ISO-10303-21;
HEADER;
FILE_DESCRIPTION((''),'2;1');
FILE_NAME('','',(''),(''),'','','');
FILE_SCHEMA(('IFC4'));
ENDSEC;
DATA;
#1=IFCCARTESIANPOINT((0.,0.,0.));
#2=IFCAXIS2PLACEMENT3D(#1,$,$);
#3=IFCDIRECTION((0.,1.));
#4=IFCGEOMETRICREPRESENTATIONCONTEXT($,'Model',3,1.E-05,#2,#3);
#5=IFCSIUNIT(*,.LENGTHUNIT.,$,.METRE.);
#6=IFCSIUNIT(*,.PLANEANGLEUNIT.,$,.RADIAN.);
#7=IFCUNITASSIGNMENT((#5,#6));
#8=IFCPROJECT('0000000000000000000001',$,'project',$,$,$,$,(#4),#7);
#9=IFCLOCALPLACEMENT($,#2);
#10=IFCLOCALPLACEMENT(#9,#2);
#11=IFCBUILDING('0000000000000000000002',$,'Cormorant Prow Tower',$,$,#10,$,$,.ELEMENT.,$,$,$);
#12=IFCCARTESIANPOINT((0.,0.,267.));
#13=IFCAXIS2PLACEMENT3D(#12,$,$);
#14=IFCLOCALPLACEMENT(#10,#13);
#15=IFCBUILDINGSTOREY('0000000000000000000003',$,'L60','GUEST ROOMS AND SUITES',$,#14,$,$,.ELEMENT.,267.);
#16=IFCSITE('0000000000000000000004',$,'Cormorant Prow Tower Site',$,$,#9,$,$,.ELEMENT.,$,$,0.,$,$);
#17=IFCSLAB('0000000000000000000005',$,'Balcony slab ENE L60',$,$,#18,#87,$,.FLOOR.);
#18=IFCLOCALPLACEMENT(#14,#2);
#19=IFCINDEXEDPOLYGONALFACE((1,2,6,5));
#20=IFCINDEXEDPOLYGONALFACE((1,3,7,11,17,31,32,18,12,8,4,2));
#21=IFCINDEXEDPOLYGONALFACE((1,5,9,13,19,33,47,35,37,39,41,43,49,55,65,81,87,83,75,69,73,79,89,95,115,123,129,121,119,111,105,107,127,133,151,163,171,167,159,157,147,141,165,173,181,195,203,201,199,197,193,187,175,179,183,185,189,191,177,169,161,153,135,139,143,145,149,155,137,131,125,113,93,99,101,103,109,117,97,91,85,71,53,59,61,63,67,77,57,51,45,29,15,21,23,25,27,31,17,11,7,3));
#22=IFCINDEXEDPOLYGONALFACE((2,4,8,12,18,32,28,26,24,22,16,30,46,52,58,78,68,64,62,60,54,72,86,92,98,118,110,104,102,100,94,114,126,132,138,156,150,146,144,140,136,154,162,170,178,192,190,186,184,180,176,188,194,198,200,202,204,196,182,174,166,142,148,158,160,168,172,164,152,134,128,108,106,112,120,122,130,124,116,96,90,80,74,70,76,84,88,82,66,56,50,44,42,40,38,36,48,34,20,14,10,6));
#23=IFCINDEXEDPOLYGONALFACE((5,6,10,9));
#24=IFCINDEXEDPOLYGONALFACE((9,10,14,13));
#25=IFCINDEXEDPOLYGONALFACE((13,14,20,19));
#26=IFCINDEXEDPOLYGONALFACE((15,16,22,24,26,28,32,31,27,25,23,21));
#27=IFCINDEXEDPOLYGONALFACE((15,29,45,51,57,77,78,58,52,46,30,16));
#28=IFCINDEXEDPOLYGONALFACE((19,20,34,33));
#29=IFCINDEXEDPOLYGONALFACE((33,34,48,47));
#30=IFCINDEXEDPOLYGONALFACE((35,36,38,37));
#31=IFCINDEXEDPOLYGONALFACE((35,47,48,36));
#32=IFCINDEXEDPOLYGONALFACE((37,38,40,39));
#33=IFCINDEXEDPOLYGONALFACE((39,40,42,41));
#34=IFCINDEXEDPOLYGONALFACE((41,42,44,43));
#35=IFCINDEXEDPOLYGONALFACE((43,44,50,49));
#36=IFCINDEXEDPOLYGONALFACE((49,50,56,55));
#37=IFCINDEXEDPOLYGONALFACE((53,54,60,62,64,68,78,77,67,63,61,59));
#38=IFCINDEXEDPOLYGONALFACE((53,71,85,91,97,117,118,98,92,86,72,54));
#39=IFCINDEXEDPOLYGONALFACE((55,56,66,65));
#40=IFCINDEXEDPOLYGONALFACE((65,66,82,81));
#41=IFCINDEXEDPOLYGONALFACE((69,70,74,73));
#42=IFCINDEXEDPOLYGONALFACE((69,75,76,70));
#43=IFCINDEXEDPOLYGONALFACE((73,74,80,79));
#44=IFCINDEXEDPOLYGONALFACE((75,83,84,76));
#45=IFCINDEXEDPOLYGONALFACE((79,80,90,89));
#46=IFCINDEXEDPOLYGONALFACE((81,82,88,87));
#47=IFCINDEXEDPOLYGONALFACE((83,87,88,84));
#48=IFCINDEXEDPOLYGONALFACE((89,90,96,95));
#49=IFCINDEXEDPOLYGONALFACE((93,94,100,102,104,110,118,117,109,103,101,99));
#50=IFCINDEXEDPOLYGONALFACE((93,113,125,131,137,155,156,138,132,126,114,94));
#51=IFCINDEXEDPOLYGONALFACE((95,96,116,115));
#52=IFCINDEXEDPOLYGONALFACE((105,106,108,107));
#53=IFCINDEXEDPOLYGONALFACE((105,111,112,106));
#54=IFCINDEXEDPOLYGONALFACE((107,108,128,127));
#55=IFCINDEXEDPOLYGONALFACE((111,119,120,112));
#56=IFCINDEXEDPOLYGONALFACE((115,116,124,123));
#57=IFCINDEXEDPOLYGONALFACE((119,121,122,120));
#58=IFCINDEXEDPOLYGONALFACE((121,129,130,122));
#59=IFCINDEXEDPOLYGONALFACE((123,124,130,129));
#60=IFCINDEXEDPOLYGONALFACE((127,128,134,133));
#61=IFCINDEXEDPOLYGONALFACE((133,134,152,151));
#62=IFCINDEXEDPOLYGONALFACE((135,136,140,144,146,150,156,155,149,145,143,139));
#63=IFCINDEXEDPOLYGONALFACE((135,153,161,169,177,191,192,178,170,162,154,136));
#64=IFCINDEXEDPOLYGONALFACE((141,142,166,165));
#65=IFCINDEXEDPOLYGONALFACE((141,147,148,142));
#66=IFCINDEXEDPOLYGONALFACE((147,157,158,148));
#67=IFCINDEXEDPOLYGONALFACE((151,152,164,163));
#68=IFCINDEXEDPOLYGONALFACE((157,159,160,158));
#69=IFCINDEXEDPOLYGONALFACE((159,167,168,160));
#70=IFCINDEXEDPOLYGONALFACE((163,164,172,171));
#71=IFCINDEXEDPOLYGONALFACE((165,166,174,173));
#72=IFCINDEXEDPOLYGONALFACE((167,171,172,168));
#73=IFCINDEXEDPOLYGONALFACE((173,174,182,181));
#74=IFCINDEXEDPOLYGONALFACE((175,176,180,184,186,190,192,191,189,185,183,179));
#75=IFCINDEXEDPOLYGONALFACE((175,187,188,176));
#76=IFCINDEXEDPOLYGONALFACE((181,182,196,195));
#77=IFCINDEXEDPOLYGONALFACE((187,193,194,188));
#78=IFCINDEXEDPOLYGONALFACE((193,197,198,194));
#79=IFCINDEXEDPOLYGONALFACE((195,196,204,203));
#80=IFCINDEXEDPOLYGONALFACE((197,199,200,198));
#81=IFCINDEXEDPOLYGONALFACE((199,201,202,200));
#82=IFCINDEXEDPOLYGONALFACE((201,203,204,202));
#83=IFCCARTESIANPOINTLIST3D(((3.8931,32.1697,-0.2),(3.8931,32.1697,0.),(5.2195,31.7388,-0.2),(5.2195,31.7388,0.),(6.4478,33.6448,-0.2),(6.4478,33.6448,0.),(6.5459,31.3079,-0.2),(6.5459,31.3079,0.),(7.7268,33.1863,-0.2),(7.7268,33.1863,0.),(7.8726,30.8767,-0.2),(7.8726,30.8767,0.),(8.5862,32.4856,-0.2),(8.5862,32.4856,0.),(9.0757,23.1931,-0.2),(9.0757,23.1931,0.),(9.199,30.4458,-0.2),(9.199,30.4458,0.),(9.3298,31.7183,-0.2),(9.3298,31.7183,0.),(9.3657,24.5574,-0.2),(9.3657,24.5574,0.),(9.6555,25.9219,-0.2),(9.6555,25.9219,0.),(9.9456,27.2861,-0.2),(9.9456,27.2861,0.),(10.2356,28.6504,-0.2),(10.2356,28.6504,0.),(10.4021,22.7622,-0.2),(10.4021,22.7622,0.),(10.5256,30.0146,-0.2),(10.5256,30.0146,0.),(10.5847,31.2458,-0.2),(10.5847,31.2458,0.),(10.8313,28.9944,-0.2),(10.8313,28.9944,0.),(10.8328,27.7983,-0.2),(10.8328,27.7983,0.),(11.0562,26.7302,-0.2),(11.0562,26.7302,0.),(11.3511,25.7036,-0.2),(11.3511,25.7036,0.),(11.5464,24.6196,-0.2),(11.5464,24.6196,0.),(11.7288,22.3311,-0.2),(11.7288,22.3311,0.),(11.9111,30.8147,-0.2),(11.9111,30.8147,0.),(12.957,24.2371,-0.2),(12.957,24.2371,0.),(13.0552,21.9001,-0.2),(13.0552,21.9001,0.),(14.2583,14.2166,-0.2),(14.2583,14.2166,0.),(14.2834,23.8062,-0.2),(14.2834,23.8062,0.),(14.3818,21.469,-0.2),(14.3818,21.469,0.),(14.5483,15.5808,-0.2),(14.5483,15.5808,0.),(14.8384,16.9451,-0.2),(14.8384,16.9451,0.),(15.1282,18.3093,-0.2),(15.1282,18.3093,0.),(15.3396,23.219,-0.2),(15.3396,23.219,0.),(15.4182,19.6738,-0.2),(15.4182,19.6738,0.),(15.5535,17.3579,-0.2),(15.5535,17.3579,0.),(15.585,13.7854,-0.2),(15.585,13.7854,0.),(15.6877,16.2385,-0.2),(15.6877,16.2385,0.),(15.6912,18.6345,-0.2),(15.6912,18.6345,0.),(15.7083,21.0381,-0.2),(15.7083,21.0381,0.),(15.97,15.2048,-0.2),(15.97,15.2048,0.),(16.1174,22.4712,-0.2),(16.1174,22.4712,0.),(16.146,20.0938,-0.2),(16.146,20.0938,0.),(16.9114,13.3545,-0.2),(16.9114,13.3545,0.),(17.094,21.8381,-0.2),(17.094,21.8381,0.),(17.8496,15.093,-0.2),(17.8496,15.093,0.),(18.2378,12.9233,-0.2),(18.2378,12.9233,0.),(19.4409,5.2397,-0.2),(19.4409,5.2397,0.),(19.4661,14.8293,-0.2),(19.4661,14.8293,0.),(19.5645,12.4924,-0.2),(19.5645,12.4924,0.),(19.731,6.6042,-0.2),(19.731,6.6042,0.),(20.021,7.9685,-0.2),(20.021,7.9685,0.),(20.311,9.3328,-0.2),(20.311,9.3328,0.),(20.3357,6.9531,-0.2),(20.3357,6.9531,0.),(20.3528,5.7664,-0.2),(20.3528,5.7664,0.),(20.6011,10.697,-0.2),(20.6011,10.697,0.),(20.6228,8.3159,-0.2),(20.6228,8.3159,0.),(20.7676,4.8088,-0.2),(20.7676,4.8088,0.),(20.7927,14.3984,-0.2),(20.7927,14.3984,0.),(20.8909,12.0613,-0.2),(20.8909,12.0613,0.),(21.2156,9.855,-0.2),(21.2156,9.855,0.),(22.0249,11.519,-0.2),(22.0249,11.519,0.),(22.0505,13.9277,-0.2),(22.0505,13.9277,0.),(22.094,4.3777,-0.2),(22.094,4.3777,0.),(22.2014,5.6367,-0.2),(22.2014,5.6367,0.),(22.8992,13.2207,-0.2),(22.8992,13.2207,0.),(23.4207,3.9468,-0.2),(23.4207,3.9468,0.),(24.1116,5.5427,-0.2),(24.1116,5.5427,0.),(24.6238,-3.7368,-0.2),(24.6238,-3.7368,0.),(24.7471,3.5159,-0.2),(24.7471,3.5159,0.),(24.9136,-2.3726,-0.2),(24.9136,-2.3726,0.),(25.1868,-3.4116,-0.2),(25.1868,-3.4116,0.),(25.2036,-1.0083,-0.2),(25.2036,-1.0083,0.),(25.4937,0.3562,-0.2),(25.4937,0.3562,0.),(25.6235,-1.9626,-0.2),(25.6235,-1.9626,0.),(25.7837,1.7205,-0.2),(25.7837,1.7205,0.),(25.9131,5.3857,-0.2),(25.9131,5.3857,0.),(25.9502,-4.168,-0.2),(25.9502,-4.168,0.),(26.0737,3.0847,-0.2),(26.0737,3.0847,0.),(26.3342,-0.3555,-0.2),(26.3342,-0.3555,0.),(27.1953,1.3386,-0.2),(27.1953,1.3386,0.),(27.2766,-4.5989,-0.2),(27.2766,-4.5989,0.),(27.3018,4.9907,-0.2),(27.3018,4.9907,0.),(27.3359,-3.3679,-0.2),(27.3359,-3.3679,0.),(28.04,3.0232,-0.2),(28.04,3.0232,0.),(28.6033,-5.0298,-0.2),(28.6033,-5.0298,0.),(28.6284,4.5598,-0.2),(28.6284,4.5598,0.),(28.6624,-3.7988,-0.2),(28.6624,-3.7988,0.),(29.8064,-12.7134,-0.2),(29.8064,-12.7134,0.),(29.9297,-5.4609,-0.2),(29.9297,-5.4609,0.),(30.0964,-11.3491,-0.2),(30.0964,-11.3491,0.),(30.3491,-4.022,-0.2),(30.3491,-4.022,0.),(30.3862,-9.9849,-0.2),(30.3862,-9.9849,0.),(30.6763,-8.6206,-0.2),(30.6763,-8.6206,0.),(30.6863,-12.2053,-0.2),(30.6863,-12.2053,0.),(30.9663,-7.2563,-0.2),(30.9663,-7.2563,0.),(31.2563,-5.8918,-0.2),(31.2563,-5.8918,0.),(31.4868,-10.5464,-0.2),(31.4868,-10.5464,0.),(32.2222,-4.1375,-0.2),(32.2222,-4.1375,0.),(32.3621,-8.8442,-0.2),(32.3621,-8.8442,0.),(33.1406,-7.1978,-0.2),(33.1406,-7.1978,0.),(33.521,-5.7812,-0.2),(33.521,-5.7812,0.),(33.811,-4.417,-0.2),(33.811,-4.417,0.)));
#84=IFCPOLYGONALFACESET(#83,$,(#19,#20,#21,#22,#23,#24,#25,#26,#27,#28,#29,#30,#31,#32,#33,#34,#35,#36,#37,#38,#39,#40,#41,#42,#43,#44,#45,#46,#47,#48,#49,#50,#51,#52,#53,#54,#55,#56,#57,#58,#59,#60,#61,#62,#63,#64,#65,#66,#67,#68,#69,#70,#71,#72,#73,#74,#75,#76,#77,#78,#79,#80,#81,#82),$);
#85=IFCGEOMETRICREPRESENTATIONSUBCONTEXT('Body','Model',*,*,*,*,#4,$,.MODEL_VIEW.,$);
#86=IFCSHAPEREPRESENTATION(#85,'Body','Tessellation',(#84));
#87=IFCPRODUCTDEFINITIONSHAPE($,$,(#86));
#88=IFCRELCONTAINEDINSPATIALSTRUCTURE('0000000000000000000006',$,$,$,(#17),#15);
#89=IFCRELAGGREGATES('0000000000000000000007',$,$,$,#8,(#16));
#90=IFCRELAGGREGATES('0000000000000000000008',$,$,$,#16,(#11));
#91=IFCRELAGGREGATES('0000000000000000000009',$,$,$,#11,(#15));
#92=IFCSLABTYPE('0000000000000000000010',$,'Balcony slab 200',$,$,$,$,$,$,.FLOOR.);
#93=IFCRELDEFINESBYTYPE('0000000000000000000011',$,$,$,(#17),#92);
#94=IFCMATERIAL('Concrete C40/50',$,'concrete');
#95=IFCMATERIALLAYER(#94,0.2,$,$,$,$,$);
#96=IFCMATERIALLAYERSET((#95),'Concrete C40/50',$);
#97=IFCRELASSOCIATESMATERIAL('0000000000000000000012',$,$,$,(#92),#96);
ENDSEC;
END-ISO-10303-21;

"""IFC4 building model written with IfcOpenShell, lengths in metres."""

from ifc_helpers import new_model, si_unit, direction, frame, origin, place, context, subcontext, project, spatial, polyline, outline, extrude, material, layer, layer_set, type_object, element, save


model = new_model("IFC4")

# Units and contexts
model_context = context("Model", 3, precision=1e-05, world=origin(), true_north=direction((0.0, 1.0)))
body_context = subcontext(model_context, "Body", "Model", "MODEL_VIEW")
ifc_project = project(units=[si_unit("LENGTHUNIT", "METRE"), si_unit("PLANEANGLEUNIT", "RADIAN")], contexts=[model_context])

# Site, building, storey
site_placement = place(None, origin())
site = spatial("IfcSite", under=ifc_project, at=site_placement, Name="Cormorant Prow Tower Site", CompositionType="ELEMENT", RefElevation=0.0)
building_placement = place(site_placement, origin())
building = spatial("IfcBuilding", under=site, at=building_placement, Name="Cormorant Prow Tower", CompositionType="ELEMENT")
storey_placement = place(building_placement, frame((0.0, 0.0, 267.0)))
storey = spatial("IfcBuildingStorey", under=building, at=storey_placement, Name="L60", Description="GUEST ROOMS AND SUITES", CompositionType="ELEMENT", Elevation=267.0)

# Slab
ifc_material_1 = material(Name="Concrete C40/50", Category="concrete")
ifc_layer_1 = layer(ifc_material_1, 0.2)
ifc_layer_set_1 = layer_set([ifc_layer_1], Name="Concrete C40/50")
slab_type_1 = type_object("IfcSlabType", Name="Balcony slab 200", PredefinedType="FLOOR", material=ifc_layer_set_1)
slab_1_placement = place(storey_placement, frame((0.0, 0.0, -0.2)))
element("IfcSlab", 1, at=slab_1_placement, inside=storey, type_object=slab_type_1, Name="Balcony slab ENE L60", PredefinedType="FLOOR", context=body_context, shape_type="SweptSolid", body=[
    extrude(outline(polyline([(29.8064, -12.7134), (30.6863, -12.2053), (31.4868, -10.5464), (32.3621, -8.8442), (33.1406, -7.1978), (33.521, -5.7812), (33.811, -4.417), (32.2222, -4.1375), (30.3491, -4.022), (28.6624, -3.7988), (27.3359, -3.3679), (25.1868, -3.4116), (25.6235, -1.9626), (26.3342, -0.3555), (27.1953, 1.3386), (28.04, 3.0232), (28.6284, 4.5598), (27.3018, 4.9907), (25.9131, 5.3857), (24.1116, 5.5427), (22.2014, 5.6367), (20.3528, 5.7664), (20.3357, 6.9531), (20.6228, 8.3159), (21.2156, 9.855), (22.0249, 11.519), (22.8992, 13.2207), (22.0505, 13.9277), (20.7927, 14.3984), (19.4661, 14.8293), (17.8496, 15.093), (15.97, 15.2048), (15.6877, 16.2385), (15.5535, 17.3579), (15.6912, 18.6345), (16.146, 20.0938), (17.094, 21.8381), (16.1174, 22.4712), (15.3396, 23.219), (14.2834, 23.8062), (12.957, 24.2371), (11.5464, 24.6196), (11.3511, 25.7036), (11.0562, 26.7302), (10.8328, 27.7983), (10.8313, 28.9944), (11.9111, 30.8147), (10.5847, 31.2458), (9.3298, 31.7183), (8.5862, 32.4856), (7.7268, 33.1863), (6.4478, 33.6448), (3.8931, 32.1697), (5.2195, 31.7388), (6.5459, 31.3079), (7.8726, 30.8767), (9.199, 30.4458), (10.5256, 30.0146), (10.2356, 28.6504), (9.9456, 27.2861), (9.6555, 25.9219), (9.3657, 24.5574), (9.0757, 23.1931), (10.4021, 22.7622), (11.7288, 22.3311), (13.0552, 21.9001), (14.3818, 21.469), (15.7083, 21.0381), (15.4182, 19.6738), (15.1282, 18.3093), (14.8384, 16.9451), (14.5483, 15.5808), (14.2583, 14.2166), (15.585, 13.7854), (16.9114, 13.3545), (18.2378, 12.9233), (19.5645, 12.4924), (20.8909, 12.0613), (20.6011, 10.697), (20.311, 9.3328), (20.021, 7.9685), (19.731, 6.6042), (19.4409, 5.2397), (20.7676, 4.8088), (22.094, 4.3777), (23.4207, 3.9468), (24.7471, 3.5159), (26.0737, 3.0847), (25.7837, 1.7205), (25.4937, 0.3562), (25.2036, -1.0083), (24.9136, -2.3726), (24.6238, -3.7368), (25.9502, -4.168), (27.2766, -4.5989), (28.6033, -5.0298), (29.9297, -5.4609), (31.2563, -5.8918), (30.9663, -7.2563), (30.6763, -8.6206), (30.3862, -9.9849), (30.0964, -11.3491), (29.8064, -12.7134)])), origin(), (0.0, 0.0, 1.0), 0.2),
])

save(model, "model.ifc")
